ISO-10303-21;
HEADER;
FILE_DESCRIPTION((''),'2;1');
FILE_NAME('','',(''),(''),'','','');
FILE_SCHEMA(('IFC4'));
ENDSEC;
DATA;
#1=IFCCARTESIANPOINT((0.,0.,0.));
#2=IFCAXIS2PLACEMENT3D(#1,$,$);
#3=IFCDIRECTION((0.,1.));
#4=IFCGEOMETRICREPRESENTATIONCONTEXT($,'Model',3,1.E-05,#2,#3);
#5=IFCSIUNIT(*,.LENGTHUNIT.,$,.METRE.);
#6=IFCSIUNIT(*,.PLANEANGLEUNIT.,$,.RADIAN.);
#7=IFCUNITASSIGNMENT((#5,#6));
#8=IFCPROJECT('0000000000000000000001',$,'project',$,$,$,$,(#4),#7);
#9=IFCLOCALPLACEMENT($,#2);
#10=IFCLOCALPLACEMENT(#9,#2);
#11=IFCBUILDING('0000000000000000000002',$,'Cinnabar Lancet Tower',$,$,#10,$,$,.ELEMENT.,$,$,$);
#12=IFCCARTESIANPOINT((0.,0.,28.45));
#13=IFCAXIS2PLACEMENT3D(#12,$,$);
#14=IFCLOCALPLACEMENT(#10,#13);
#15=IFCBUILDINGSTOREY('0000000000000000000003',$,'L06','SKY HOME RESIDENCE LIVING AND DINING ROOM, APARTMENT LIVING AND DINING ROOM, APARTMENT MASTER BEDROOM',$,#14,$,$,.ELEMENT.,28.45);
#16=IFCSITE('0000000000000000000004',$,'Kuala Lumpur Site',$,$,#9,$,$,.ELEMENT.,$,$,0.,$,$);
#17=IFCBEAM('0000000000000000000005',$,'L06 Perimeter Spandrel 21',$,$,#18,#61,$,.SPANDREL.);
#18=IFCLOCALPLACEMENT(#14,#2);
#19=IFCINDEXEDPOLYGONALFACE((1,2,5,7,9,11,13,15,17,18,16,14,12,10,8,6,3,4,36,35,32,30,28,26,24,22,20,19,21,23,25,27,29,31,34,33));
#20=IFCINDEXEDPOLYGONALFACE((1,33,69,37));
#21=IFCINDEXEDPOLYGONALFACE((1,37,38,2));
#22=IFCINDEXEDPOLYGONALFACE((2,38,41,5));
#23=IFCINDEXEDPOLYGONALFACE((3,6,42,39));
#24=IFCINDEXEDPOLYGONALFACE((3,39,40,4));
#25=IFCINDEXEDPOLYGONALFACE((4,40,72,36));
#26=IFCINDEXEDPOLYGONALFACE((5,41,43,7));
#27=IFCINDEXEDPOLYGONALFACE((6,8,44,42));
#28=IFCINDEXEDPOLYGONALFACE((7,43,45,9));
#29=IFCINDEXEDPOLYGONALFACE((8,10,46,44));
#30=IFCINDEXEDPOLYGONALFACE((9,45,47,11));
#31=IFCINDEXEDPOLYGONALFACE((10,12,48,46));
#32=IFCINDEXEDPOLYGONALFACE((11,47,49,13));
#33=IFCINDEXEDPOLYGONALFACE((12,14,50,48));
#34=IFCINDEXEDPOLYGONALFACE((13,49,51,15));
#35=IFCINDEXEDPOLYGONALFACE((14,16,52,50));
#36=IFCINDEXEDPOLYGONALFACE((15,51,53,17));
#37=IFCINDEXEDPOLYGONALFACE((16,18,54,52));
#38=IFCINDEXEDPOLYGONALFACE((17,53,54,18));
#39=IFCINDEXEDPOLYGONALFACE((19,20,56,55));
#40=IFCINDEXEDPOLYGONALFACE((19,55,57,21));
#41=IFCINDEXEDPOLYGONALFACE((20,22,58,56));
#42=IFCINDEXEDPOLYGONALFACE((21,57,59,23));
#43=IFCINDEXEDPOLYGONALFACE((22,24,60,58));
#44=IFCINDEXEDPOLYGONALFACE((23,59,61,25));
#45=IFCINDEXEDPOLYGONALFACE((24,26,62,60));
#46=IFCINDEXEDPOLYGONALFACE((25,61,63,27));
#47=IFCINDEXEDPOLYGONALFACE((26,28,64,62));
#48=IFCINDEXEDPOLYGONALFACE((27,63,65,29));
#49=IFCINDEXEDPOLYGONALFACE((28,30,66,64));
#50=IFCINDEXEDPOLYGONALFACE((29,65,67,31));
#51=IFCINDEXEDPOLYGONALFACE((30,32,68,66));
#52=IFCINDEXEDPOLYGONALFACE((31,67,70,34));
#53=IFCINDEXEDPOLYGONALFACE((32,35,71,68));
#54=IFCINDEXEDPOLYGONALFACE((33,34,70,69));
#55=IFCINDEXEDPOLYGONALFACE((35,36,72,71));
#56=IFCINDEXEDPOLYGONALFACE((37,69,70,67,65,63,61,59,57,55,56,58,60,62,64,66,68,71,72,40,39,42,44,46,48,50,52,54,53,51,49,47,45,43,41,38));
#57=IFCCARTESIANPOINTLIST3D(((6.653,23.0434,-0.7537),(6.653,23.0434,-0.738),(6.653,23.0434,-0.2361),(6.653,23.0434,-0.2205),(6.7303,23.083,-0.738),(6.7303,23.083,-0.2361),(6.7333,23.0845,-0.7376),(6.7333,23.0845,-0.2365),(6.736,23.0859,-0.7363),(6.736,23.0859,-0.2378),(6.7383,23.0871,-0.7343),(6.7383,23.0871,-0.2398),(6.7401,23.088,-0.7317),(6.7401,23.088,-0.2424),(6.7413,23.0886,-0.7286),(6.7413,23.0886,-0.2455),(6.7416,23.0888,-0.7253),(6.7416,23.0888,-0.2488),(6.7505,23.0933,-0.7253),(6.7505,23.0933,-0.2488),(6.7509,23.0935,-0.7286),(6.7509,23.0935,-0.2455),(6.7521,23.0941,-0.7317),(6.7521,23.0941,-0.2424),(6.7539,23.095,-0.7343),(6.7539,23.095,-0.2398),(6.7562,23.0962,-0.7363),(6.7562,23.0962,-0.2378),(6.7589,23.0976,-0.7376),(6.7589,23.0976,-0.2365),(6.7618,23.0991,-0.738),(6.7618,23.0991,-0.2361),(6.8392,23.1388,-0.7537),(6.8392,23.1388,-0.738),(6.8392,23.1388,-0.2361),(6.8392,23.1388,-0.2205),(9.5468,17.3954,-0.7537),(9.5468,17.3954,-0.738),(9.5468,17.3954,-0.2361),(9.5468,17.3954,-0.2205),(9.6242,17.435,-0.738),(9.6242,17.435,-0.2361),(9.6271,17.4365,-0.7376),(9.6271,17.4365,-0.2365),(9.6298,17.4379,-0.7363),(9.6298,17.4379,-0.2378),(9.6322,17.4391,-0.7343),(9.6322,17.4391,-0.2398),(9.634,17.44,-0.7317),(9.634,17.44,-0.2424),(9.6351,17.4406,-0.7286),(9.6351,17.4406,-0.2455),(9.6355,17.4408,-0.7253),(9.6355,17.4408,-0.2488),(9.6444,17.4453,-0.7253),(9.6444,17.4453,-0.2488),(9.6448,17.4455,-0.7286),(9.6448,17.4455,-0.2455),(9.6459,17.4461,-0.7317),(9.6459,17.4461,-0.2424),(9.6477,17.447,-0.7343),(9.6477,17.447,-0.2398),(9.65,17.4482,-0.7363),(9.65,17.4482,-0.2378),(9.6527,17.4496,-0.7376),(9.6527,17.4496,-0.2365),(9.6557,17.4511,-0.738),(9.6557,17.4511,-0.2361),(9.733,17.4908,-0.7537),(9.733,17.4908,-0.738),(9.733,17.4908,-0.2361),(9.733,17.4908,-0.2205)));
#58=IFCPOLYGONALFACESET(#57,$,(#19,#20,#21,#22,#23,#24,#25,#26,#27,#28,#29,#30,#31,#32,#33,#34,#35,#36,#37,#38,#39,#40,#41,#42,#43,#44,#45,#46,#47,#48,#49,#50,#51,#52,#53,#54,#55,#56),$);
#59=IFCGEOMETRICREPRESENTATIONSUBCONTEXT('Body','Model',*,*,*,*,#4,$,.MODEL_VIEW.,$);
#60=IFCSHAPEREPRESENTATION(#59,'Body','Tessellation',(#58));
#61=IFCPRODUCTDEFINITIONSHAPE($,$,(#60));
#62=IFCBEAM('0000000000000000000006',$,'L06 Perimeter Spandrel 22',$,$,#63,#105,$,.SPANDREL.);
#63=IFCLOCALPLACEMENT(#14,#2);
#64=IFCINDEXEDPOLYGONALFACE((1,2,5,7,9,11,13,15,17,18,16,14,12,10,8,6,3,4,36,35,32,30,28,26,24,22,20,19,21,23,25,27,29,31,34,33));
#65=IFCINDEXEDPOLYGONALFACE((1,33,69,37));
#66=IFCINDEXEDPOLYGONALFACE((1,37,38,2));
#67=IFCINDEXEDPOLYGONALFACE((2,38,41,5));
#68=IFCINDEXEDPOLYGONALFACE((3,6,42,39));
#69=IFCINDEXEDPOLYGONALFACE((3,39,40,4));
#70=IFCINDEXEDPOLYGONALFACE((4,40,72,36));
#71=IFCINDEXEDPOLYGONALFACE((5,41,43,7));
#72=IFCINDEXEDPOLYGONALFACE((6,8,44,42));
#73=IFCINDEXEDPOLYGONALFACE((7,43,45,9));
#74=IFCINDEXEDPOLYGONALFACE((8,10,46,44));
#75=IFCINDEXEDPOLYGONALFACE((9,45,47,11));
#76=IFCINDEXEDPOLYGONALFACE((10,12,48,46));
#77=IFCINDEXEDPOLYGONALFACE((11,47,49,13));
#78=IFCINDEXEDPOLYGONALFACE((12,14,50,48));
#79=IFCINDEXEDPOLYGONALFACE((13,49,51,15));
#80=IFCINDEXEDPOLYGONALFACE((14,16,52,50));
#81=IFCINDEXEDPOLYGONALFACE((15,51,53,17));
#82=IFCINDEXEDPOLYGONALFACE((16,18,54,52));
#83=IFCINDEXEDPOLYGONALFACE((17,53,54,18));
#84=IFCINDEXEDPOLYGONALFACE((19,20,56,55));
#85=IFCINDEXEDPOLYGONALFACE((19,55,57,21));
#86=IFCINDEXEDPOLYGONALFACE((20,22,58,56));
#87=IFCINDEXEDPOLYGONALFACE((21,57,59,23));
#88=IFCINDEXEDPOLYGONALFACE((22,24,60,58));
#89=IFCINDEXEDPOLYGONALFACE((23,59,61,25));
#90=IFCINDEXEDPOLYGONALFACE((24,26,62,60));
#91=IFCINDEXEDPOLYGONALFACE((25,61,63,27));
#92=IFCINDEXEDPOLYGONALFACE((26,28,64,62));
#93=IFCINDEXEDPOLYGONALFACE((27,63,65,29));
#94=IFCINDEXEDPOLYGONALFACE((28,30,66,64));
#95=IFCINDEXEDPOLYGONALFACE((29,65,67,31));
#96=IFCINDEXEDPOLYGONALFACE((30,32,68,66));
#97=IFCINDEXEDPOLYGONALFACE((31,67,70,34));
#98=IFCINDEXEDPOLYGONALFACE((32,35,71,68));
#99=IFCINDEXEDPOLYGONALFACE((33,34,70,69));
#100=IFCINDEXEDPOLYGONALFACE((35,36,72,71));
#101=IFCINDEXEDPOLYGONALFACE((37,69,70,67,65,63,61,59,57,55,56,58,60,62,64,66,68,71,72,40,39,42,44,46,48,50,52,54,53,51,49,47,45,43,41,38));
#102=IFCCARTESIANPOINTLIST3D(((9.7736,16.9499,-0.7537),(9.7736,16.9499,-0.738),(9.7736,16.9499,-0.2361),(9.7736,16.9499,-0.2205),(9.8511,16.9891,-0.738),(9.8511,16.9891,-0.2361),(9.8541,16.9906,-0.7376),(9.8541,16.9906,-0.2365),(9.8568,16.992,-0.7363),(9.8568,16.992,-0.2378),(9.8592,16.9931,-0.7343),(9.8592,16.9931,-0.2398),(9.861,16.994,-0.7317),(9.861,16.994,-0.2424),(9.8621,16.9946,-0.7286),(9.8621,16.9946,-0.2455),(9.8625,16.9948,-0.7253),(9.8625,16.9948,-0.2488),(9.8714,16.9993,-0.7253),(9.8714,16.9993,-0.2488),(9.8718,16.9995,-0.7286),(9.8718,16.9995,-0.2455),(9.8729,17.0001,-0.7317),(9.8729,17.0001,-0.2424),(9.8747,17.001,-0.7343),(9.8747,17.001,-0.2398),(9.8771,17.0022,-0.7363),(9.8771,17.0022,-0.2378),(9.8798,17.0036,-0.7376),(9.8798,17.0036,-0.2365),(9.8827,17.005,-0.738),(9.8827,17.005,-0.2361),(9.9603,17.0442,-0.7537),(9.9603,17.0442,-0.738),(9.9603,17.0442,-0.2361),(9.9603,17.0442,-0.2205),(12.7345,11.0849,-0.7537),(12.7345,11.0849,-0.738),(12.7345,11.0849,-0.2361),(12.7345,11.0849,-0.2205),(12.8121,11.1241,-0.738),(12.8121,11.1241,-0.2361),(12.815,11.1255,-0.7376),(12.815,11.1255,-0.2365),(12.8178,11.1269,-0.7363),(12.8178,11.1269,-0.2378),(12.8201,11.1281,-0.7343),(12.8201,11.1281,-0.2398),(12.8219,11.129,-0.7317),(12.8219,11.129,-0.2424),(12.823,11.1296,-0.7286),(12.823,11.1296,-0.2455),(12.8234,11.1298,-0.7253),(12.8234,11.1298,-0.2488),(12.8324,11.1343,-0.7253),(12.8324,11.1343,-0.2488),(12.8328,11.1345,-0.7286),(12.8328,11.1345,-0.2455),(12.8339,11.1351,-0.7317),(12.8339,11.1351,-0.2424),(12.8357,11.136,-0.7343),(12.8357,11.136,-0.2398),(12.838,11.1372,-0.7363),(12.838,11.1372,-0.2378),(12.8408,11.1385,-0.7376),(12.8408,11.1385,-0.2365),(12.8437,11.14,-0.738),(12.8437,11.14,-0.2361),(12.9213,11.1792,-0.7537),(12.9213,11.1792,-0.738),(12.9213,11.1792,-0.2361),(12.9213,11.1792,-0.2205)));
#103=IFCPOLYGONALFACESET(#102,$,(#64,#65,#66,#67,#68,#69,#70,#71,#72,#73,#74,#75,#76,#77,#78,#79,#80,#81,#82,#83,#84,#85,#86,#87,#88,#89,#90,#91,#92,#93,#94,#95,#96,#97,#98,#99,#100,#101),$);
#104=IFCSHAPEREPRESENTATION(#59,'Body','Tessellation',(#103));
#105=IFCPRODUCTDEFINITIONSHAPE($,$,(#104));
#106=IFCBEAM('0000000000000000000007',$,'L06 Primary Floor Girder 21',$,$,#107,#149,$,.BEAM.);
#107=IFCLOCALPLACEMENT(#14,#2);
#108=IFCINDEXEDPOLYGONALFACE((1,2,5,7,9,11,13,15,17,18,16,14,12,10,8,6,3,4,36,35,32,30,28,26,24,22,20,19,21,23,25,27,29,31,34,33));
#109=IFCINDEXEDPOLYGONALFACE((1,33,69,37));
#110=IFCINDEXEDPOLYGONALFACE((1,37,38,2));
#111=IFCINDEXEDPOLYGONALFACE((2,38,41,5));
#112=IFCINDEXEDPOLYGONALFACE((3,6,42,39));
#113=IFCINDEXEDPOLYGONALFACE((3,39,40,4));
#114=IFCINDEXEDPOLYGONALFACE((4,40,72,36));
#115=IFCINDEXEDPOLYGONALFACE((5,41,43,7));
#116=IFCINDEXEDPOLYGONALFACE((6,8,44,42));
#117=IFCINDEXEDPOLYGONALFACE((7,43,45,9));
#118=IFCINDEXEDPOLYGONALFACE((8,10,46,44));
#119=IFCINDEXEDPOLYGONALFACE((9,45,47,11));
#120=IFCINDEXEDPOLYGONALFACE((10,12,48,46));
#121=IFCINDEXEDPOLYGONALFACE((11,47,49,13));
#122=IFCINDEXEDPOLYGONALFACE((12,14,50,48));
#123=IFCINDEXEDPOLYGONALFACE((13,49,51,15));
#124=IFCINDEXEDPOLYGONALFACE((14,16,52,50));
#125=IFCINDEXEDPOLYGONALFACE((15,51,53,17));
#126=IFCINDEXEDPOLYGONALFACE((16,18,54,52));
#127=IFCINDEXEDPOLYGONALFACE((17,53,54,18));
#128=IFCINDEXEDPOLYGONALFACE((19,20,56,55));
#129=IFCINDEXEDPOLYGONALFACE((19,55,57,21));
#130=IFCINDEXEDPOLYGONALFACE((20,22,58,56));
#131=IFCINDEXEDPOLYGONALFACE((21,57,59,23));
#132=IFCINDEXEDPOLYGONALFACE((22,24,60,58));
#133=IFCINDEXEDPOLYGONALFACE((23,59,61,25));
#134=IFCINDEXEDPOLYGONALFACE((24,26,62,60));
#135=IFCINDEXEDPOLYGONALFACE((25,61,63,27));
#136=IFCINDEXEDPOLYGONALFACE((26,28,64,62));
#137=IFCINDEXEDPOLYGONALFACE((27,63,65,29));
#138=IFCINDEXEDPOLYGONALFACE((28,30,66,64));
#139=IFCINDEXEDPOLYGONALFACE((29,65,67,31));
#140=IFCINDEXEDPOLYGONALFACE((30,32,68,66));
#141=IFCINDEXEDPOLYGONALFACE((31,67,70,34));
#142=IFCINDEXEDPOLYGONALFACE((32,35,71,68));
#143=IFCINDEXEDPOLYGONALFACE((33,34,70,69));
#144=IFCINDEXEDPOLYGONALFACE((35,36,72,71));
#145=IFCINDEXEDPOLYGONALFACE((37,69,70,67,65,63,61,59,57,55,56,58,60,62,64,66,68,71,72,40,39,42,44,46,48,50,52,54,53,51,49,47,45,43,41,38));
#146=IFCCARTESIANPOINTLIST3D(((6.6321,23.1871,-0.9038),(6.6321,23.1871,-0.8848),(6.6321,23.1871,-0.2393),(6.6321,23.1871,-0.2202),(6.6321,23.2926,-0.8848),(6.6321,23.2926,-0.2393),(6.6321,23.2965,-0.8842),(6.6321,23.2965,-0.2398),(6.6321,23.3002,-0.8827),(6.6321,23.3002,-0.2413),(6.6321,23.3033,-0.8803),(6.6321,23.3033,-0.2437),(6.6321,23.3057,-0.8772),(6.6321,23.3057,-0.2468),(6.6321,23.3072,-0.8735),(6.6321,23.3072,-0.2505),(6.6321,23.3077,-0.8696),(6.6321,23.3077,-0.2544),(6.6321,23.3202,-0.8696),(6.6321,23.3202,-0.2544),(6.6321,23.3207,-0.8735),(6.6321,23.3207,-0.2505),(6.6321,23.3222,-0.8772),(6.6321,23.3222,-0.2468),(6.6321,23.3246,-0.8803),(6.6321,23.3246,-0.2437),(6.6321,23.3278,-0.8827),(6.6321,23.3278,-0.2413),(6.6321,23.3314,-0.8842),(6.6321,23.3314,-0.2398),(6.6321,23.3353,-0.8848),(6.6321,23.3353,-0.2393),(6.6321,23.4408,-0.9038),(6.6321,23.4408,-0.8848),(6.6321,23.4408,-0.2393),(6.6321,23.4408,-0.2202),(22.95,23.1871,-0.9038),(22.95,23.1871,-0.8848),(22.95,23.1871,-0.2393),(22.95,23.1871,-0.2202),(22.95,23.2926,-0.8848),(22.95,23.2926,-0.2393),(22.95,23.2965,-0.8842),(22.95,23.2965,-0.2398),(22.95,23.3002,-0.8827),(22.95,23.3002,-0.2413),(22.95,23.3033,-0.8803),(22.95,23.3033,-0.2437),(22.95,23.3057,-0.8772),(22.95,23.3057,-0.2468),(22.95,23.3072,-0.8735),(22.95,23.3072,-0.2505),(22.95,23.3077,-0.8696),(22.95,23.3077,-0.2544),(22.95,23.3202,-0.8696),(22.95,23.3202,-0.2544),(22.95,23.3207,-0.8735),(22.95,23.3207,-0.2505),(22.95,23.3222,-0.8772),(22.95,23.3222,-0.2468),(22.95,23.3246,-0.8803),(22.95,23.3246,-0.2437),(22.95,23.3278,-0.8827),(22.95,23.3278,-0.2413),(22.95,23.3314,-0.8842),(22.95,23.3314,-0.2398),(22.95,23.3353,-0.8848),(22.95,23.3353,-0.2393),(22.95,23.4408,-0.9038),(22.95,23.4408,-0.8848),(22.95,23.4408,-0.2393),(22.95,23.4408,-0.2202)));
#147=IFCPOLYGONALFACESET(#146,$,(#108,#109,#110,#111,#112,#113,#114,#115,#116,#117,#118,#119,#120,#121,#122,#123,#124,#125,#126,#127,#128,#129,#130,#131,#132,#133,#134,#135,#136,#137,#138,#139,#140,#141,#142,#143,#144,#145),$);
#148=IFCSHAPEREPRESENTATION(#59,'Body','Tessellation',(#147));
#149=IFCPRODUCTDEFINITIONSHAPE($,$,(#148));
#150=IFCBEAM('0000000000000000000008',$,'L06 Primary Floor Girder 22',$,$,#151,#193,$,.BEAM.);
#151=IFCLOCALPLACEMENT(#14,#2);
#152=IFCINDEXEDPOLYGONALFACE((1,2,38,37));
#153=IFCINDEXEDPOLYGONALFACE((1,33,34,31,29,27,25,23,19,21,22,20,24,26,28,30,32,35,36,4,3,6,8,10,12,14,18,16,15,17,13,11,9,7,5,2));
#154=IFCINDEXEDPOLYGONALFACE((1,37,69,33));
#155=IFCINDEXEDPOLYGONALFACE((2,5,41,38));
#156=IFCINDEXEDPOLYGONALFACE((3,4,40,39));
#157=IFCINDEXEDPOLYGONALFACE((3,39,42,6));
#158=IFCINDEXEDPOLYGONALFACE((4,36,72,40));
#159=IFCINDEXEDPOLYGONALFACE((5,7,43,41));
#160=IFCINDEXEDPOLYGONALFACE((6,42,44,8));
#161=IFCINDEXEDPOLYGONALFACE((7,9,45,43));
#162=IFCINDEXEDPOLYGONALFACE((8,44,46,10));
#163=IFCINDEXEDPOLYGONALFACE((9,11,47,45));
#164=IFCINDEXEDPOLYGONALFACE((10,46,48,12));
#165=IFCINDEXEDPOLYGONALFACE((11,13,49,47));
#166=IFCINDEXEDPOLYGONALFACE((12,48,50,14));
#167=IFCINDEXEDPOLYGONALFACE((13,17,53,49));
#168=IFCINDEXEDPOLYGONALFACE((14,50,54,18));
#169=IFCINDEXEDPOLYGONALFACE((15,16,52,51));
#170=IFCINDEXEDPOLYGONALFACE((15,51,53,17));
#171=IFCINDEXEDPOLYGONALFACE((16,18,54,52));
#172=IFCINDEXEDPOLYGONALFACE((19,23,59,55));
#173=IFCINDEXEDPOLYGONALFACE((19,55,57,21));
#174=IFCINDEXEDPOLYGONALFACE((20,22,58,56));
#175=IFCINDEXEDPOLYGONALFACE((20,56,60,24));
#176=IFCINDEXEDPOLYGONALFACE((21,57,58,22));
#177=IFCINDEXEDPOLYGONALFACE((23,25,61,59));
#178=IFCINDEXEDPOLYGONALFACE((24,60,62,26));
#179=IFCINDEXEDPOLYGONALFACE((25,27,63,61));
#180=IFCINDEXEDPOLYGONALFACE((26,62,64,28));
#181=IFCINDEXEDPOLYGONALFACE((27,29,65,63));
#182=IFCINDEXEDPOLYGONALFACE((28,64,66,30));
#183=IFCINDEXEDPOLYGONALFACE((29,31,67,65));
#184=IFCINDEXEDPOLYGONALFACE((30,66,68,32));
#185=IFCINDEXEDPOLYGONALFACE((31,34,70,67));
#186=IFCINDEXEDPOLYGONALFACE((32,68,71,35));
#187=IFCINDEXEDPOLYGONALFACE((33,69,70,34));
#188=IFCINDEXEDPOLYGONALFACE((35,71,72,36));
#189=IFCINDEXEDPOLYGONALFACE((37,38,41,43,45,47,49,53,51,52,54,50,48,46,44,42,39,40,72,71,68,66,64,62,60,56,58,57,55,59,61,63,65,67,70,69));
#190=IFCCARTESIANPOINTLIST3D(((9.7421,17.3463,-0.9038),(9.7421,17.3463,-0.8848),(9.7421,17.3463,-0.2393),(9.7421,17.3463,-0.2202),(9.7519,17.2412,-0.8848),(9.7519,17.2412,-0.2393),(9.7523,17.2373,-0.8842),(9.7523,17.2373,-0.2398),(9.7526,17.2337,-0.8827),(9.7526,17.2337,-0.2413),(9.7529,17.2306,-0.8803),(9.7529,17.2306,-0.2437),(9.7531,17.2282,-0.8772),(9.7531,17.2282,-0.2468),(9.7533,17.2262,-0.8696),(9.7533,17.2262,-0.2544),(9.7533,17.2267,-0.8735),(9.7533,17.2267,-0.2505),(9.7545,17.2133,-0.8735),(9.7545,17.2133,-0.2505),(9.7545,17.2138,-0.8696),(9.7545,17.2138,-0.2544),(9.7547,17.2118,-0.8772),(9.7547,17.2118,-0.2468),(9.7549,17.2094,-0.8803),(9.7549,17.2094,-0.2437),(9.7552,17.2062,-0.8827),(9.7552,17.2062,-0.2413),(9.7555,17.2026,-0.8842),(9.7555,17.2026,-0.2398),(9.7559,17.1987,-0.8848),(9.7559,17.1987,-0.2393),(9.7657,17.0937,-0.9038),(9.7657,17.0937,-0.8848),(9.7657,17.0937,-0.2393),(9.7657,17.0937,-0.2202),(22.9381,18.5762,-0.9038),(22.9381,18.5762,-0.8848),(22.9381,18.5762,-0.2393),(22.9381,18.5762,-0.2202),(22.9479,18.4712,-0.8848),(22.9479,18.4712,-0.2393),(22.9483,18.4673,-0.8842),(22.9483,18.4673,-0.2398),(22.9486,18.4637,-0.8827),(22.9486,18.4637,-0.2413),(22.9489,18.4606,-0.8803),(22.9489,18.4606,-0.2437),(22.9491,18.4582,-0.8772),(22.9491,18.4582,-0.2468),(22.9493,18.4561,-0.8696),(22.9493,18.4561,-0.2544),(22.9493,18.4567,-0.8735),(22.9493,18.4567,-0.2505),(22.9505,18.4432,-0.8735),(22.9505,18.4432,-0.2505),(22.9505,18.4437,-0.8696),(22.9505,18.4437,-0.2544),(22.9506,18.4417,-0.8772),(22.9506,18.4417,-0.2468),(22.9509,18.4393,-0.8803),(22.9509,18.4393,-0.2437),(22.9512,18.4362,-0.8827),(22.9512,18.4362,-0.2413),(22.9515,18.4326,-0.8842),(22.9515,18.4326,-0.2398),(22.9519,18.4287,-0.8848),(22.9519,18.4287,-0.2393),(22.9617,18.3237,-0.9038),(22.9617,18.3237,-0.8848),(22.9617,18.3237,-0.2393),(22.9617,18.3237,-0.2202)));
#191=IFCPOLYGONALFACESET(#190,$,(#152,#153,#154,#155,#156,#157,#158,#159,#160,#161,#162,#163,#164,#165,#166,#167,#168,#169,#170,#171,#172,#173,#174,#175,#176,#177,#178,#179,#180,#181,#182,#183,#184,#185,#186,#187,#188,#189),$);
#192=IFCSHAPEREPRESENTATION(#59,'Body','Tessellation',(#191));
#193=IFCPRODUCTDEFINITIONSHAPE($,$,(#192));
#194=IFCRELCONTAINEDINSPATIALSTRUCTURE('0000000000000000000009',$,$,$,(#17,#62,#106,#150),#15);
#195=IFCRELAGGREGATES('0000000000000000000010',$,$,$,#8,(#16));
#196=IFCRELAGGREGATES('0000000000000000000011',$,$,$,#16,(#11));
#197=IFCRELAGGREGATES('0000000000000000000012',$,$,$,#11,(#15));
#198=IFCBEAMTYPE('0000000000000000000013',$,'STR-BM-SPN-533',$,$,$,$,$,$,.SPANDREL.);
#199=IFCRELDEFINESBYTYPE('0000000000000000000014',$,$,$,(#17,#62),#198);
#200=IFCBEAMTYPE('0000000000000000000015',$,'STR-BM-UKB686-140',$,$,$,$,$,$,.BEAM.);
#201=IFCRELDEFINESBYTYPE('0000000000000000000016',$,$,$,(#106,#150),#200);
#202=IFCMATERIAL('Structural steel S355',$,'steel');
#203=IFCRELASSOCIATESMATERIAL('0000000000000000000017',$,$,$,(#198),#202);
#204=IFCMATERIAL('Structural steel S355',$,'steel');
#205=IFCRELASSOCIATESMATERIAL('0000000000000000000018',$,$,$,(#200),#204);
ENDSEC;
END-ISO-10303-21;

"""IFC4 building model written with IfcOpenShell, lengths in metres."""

from ifc_helpers import new_model, si_unit, direction, frame, origin, origin_2d, place, context, subcontext, project, spatial, i_section, extrude, material, material_profile, profile_set, type_object, element, save


model = new_model("IFC4")

# Units and contexts
model_context = context("Model", 3, precision=1e-05, world=origin(), true_north=direction((0.0, 1.0)))
body_context = subcontext(model_context, "Body", "Model", "MODEL_VIEW")
ifc_project = project(units=[si_unit("LENGTHUNIT", "METRE"), si_unit("PLANEANGLEUNIT", "RADIAN")], contexts=[model_context])

# Site, building, storey
site_placement = place(None, origin())
site = spatial("IfcSite", under=ifc_project, at=site_placement, Name="Kuala Lumpur Site", CompositionType="ELEMENT", RefElevation=0.0)
building_placement = place(site_placement, origin())
building = spatial("IfcBuilding", under=site, at=building_placement, Name="Cinnabar Lancet Tower", CompositionType="ELEMENT")
storey_placement = place(building_placement, frame((0.0, 0.0, 28.45)))
storey = spatial("IfcBuildingStorey", under=building, at=storey_placement, Name="L06", Description="SKY HOME RESIDENCE LIVING AND DINING ROOM, APARTMENT LIVING AND DINING ROOM, APARTMENT MASTER BEDROOM", CompositionType="ELEMENT", Elevation=28.45)

# Beams
ifc_material_1 = material(Name="Structural steel S355", Category="steel")
ifc_material_profile_1 = material_profile(ifc_material_1, i_section(OverallWidth=0.2092, OverallDepth=0.5332, WebThickness=0.01, FlangeThickness=0.0156, FilletRadius=0.0127, at=origin_2d()), Name="UKB 533x210x92")
ifc_profile_set_1 = profile_set([ifc_material_profile_1], Name="Structural steel S355")
beam_type_1 = type_object("IfcBeamType", Name="STR-BM-SPN-533", PredefinedType="SPANDREL", material=ifc_profile_set_1)
beam_1_placement = place(storey_placement, frame((6.7461, 23.0911, -0.4871), z_axis=(0.455994, -0.889983, 0.0), x_axis=(0.889983, 0.455994, 0.0)))
element("IfcBeam", 1, at=beam_1_placement, inside=storey, type_object=beam_type_1, Name="L06 Perimeter Spandrel 21", PredefinedType="SPANDREL", context=body_context, shape_type="SweptSolid", body=[
    extrude(i_section(OverallWidth=0.2092, OverallDepth=0.5332, WebThickness=0.01, FlangeThickness=0.0156, FilletRadius=0.0127, at=origin_2d()), origin(), (0.0, 0.0, 1.0), 6.3462),
])
beam_2_placement = place(storey_placement, frame((9.8669, 16.9971, -0.4871), z_axis=(0.450674, -0.892689, 0.0), x_axis=(0.892689, 0.450674, 0.0)))
element("IfcBeam", 2, at=beam_2_placement, inside=storey, type_object=beam_type_1, Name="L06 Perimeter Spandrel 22", PredefinedType="SPANDREL", context=body_context, shape_type="SweptSolid", body=[
    extrude(i_section(OverallWidth=0.2092, OverallDepth=0.5332, WebThickness=0.01, FlangeThickness=0.0156, FilletRadius=0.0127, at=origin_2d()), origin(), (0.0, 0.0, 1.0), 6.5701),
])
ifc_material_2 = material(Name="Structural steel S355", Category="steel")
ifc_material_profile_2 = material_profile(ifc_material_2, i_section(OverallWidth=0.2537, OverallDepth=0.6836, WebThickness=0.0125, FlangeThickness=0.019, FilletRadius=0.0151, at=origin_2d()), Name="UKB 686x254x140")
ifc_profile_set_2 = profile_set([ifc_material_profile_2], Name="Structural steel S355")
beam_type_2 = type_object("IfcBeamType", Name="STR-BM-UKB686-140", PredefinedType="BEAM", material=ifc_profile_set_2)
beam_3_placement = place(storey_placement, frame((6.6321, 23.314, -0.562), z_axis=(1.0, 0.0, 0.0), x_axis=(0.0, 1.0, 0.0)))
element("IfcBeam", 3, at=beam_3_placement, inside=storey, type_object=beam_type_2, Name="L06 Primary Floor Girder 21", PredefinedType="BEAM", context=body_context, shape_type="SweptSolid", body=[
    extrude(i_section(OverallWidth=0.2537, OverallDepth=0.6836, WebThickness=0.0125, FlangeThickness=0.019, FilletRadius=0.0151, at=origin_2d()), origin(), (0.0, 0.0, 1.0), 16.3179),
])
beam_4_placement = place(storey_placement, frame((9.7539, 17.22, -0.562), z_axis=(0.995684, 0.092806, 0.0), x_axis=(-0.092806, 0.995684, 0.0)))
element("IfcBeam", 4, at=beam_4_placement, inside=storey, type_object=beam_type_2, Name="L06 Primary Floor Girder 22", PredefinedType="BEAM", context=body_context, shape_type="SweptSolid", body=[
    extrude(i_section(OverallWidth=0.2537, OverallDepth=0.6836, WebThickness=0.0125, FlangeThickness=0.019, FilletRadius=0.0151, at=origin_2d()), origin(), (0.0, 0.0, 1.0), 13.2532),
])

save(model, "model.ifc")
